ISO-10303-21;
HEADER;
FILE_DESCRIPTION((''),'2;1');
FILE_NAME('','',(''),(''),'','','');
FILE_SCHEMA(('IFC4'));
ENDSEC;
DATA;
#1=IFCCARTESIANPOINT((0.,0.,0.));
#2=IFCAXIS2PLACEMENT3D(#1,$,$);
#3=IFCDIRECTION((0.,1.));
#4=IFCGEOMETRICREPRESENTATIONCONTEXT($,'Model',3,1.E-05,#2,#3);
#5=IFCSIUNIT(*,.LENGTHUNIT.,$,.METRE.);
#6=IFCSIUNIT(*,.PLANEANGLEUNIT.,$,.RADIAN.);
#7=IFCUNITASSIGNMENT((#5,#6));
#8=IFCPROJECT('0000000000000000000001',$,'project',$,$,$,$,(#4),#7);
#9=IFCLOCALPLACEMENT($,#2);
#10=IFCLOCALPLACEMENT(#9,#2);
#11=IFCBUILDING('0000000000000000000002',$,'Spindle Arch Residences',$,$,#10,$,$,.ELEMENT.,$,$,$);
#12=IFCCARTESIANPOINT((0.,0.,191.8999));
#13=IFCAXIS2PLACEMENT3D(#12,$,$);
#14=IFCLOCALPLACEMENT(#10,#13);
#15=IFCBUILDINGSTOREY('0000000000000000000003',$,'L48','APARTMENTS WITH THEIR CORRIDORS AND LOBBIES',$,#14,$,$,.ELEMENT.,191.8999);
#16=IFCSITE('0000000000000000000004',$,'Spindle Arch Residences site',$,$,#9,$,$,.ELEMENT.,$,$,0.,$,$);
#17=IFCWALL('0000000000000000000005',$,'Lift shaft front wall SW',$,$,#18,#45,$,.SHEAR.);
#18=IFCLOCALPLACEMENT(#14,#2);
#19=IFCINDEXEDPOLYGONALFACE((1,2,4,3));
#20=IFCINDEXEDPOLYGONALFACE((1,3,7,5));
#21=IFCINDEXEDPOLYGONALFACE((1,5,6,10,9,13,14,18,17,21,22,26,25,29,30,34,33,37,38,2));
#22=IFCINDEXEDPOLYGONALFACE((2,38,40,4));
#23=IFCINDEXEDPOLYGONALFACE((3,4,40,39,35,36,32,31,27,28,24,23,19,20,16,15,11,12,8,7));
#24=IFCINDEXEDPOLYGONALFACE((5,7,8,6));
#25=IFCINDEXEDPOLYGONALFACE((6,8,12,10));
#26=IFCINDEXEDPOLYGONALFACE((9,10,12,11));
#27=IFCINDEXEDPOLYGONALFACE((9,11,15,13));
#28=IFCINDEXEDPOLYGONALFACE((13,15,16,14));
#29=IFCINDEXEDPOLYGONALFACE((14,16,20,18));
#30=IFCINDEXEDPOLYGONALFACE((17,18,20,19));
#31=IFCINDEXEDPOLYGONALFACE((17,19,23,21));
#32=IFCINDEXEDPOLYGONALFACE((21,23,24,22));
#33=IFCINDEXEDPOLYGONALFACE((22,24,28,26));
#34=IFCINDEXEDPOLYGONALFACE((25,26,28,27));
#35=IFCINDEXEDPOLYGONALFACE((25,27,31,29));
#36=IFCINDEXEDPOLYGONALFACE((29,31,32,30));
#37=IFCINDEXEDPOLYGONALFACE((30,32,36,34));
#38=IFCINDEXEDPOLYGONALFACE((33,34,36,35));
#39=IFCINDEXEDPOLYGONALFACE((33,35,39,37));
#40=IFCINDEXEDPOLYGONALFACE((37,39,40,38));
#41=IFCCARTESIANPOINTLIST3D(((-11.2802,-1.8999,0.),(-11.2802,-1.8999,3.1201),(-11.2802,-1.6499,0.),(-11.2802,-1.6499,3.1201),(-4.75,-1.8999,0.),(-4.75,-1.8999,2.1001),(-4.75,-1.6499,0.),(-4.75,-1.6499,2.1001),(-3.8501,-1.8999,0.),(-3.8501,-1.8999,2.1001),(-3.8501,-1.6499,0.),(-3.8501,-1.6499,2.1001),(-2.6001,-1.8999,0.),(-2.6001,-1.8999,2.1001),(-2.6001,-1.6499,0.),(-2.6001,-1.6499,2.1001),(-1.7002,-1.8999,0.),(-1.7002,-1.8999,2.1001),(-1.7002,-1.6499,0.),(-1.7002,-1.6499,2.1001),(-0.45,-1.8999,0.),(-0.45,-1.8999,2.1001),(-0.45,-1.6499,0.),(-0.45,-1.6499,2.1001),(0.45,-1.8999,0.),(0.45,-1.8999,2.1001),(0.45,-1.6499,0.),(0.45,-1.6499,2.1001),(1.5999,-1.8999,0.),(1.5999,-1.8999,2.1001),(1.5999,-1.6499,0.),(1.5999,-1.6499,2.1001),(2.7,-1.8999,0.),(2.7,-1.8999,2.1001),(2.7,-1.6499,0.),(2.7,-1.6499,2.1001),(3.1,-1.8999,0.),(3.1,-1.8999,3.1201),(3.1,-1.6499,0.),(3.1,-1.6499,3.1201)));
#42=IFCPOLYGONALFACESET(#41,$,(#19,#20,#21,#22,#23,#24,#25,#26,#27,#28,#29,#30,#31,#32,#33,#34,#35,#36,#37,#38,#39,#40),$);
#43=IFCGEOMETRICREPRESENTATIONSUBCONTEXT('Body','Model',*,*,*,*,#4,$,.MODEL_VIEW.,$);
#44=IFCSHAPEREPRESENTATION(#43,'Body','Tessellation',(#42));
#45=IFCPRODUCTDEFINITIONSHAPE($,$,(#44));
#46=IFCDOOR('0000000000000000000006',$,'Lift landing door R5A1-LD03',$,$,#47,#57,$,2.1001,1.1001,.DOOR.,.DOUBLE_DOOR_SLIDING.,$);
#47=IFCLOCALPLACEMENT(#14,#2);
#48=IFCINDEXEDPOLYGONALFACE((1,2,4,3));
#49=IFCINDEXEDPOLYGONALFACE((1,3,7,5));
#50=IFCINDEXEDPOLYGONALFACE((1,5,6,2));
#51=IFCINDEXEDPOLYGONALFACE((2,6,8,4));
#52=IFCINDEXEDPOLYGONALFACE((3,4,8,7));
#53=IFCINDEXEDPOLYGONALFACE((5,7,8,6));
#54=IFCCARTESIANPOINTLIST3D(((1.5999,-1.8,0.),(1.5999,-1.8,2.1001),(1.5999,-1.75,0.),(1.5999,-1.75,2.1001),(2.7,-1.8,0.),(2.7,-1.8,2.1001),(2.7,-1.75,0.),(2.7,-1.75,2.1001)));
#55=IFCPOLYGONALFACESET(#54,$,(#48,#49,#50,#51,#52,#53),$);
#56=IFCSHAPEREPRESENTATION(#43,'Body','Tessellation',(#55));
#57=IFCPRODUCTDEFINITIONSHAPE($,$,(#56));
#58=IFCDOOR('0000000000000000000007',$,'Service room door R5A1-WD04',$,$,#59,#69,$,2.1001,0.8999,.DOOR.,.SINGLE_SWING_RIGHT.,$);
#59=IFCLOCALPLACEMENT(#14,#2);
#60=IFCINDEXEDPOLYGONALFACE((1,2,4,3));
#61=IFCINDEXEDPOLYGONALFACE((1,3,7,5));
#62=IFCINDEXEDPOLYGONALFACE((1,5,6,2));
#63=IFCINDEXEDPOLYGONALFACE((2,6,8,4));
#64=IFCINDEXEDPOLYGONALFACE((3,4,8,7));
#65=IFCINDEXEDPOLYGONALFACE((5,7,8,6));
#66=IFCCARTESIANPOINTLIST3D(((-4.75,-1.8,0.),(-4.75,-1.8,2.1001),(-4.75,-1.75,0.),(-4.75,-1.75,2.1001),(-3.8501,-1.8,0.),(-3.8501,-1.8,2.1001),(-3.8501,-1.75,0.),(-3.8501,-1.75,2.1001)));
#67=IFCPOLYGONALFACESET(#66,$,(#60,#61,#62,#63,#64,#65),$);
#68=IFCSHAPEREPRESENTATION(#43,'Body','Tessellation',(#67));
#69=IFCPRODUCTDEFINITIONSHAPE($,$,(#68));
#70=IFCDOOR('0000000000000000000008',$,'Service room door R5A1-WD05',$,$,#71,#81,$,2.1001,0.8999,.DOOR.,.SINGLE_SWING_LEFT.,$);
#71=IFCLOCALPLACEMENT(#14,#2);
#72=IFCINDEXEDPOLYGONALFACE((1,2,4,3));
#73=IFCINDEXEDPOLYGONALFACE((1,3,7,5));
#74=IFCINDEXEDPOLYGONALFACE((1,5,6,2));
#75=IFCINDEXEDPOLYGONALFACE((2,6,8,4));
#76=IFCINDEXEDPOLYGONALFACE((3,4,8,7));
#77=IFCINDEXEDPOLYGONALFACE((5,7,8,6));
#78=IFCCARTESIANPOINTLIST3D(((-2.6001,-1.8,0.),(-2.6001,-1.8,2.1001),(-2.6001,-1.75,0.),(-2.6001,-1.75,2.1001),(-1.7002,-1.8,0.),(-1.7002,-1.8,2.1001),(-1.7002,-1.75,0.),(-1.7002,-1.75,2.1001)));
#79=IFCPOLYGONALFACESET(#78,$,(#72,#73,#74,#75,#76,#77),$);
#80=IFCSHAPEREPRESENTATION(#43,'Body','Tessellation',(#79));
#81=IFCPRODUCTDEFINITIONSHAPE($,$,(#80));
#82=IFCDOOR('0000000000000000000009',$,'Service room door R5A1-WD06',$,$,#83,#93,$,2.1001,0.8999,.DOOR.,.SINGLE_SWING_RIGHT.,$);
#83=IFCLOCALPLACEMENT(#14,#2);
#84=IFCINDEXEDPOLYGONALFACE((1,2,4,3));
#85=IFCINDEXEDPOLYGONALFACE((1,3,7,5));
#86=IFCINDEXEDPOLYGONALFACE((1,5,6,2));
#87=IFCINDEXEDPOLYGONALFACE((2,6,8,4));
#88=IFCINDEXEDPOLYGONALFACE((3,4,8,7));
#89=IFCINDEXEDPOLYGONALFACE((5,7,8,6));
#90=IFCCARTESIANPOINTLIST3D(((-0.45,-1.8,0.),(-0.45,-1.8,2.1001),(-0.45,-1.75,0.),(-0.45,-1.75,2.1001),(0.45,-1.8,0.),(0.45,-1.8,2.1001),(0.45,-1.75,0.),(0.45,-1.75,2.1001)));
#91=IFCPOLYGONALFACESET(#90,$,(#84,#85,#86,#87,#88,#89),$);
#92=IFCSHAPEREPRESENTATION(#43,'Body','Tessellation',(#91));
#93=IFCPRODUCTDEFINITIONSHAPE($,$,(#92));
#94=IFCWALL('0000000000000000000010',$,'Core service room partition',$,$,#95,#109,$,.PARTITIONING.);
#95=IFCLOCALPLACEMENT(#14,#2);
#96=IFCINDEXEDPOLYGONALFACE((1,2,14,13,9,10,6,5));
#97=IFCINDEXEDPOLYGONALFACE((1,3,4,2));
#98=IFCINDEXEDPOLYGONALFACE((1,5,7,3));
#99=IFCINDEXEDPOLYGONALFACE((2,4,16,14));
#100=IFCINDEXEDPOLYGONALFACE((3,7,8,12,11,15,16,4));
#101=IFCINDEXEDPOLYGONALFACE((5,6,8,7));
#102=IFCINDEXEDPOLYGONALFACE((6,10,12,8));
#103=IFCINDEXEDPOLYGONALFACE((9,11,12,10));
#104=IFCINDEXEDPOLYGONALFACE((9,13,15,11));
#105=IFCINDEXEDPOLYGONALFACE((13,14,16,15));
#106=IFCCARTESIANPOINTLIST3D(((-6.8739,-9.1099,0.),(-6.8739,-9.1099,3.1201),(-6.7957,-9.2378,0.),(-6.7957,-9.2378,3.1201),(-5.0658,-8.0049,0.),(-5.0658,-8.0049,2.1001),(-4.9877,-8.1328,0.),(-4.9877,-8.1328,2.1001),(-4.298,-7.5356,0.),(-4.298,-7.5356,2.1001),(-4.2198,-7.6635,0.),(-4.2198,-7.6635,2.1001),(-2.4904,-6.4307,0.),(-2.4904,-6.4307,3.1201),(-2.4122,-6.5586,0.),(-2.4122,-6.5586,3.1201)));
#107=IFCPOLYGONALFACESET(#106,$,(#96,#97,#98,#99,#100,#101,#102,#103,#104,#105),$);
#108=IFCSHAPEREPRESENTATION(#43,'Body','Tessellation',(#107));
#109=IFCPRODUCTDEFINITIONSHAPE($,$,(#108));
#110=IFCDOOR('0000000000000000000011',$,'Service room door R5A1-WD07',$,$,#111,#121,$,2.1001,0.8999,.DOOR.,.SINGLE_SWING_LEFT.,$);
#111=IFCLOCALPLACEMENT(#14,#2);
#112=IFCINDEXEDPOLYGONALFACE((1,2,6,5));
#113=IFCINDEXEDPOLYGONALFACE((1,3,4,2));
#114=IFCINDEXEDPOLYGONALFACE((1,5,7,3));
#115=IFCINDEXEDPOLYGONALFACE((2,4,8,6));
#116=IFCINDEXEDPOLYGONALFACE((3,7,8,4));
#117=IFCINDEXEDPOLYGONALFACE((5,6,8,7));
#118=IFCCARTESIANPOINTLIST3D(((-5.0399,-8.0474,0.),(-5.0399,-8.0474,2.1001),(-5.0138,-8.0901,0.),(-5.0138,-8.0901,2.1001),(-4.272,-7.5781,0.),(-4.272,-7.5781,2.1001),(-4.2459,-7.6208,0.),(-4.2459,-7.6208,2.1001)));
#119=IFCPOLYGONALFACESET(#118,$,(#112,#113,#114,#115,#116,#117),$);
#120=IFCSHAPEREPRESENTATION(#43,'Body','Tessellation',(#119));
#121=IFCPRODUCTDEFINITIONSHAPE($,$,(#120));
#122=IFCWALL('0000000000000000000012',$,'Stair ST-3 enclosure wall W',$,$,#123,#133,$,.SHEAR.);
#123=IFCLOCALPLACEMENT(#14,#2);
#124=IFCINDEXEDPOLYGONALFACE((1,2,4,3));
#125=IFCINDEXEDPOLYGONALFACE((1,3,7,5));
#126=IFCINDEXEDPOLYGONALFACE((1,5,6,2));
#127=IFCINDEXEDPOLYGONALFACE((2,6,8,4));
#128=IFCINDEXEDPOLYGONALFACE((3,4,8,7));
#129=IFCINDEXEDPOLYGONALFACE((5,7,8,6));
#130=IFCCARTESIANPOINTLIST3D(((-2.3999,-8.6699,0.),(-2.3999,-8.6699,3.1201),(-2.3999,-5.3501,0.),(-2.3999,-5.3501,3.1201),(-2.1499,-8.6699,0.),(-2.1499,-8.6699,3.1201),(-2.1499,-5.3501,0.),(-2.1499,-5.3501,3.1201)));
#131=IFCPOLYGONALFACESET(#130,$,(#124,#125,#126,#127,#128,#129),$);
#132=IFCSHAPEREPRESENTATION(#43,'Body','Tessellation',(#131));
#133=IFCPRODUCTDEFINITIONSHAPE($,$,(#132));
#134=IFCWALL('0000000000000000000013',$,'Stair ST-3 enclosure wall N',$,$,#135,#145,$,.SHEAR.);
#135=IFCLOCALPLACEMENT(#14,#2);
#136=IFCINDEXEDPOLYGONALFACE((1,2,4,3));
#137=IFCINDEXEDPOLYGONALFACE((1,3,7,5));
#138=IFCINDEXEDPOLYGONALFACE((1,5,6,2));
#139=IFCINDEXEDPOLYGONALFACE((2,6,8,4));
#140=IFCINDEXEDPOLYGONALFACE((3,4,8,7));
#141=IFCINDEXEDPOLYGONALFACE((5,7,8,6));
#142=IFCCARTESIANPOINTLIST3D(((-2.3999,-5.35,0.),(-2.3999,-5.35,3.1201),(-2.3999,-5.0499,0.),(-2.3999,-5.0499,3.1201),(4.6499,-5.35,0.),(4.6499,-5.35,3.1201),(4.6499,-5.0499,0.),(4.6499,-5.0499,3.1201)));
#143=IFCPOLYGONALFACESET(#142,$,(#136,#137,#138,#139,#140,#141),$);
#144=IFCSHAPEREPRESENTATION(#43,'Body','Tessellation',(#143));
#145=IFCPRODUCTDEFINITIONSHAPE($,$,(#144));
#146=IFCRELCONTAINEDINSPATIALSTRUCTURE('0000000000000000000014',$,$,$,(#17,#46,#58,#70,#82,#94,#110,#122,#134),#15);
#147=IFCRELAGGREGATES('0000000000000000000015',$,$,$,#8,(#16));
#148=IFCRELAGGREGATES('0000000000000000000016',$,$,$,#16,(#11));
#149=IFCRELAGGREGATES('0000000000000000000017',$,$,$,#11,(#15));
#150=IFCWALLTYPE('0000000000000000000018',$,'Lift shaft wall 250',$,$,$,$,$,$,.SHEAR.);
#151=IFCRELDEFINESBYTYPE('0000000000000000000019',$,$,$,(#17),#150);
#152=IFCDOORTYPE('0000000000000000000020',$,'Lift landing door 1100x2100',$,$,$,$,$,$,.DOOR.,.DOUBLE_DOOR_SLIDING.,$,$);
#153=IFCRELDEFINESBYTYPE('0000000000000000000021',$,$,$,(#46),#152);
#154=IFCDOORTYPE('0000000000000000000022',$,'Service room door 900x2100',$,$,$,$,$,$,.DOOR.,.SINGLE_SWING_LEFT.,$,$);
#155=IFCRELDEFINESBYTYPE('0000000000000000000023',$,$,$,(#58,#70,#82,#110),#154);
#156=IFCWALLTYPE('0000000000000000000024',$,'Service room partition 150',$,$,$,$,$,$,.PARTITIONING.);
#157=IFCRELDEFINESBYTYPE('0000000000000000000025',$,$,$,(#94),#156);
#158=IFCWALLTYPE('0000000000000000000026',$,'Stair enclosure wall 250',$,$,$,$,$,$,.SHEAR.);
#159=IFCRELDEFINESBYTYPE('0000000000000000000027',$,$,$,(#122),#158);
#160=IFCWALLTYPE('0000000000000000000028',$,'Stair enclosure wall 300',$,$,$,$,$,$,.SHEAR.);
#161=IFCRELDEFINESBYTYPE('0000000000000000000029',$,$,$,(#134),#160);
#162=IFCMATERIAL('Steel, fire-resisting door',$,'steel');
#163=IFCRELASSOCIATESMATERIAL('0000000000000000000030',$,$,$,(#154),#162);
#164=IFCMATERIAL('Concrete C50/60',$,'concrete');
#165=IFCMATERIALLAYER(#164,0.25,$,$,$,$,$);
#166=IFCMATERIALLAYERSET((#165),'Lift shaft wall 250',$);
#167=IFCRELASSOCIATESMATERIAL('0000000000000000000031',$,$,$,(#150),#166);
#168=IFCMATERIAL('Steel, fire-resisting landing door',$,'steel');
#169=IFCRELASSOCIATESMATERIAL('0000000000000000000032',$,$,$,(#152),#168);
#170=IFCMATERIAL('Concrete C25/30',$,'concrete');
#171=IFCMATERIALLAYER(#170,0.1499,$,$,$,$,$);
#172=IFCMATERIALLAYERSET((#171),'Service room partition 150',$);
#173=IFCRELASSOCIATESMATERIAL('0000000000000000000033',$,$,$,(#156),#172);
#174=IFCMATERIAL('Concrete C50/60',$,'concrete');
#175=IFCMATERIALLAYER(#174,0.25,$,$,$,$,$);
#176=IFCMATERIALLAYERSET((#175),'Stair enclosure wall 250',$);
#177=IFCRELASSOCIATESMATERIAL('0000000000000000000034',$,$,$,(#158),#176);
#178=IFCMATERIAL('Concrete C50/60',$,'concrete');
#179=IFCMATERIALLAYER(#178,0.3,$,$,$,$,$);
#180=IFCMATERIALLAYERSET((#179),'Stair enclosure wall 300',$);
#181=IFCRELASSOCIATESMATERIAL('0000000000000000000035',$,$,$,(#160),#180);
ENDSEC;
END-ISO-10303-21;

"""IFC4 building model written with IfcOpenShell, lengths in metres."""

from ifc_helpers import new_model, si_unit, direction, frame, frame_2d, origin, place, context, subcontext, project, spatial, rectangle, extrude, material, layer, layer_set, type_object, element, fill, save


model = new_model("IFC4")

# Units and contexts
model_context = context("Model", 3, precision=1e-05, world=origin(), true_north=direction((0.0, 1.0)))
body_context = subcontext(model_context, "Body", "Model", "MODEL_VIEW")
ifc_project = project(units=[si_unit("LENGTHUNIT", "METRE"), si_unit("PLANEANGLEUNIT", "RADIAN")], contexts=[model_context])

# Site, building, storey
site_placement = place(None, origin())
site = spatial("IfcSite", under=ifc_project, at=site_placement, Name="Spindle Arch Residences site", CompositionType="ELEMENT", RefElevation=0.0)
building_placement = place(site_placement, origin())
building = spatial("IfcBuilding", under=site, at=building_placement, Name="Spindle Arch Residences", CompositionType="ELEMENT")
storey_placement = place(building_placement, frame((0.0, 0.0, 191.8999)))
storey = spatial("IfcBuildingStorey", under=building, at=storey_placement, Name="L48", Description="APARTMENTS WITH THEIR CORRIDORS AND LOBBIES", CompositionType="ELEMENT", Elevation=191.8999)

# Shared definitions
ifc_material_1 = material(Name="Steel, fire-resisting door", Category="steel")
door_type_1 = type_object("IfcDoorType", Name="Service room door 900x2100", OperationType="SINGLE_SWING_LEFT", PredefinedType="DOOR", material=ifc_material_1)

# Wall, openings, doors
ifc_material_2 = material(Name="Concrete C50/60", Category="concrete")
ifc_layer_1 = layer(ifc_material_2, 0.25)
ifc_layer_set_1 = layer_set([ifc_layer_1], Name="Lift shaft wall 250")
wall_type_1 = type_object("IfcWallType", Name="Lift shaft wall 250", PredefinedType="SHEAR", material=ifc_layer_set_1)
wall_1_placement = place(storey_placement, frame((-11.28, -1.7749, 0.0), z_axis=(0.0, 0.0, 1.0), x_axis=(1.0, 0.0, 0.0)))
wall_1 = element("IfcWall", 1, at=wall_1_placement, inside=storey, type_object=wall_type_1, Name="Lift shaft front wall SW", PredefinedType="SHEAR", context=body_context, shape_type="SweptSolid", body=[
    extrude(rectangle(XDim=14.3801, YDim=0.25, at=frame_2d((7.1899, 0.0))), origin(), (0.0, 0.0, 1.0), 3.1201),
])
opening_1_placement = place(wall_1_placement, frame((12.8799, 0.0, 0.0)))
opening_1 = element("IfcOpeningElement", 2, at=opening_1_placement, cuts=wall_1, PredefinedType="OPENING", context=body_context, shape_type="SweptSolid", body=[
    extrude(rectangle(XDim=1.1001, YDim=2.1001, at=frame_2d((0.55, 1.05))), frame((0.0, 0.135, 0.0), z_axis=(0.0, -1.0, 0.0), x_axis=(1.0, 0.0, 0.0)), (0.0, 0.0, 1.0), 0.27),
])
opening_2_placement = place(wall_1_placement, frame((6.53, 0.0, 0.0)))
opening_2 = element("IfcOpeningElement", 3, at=opening_2_placement, cuts=wall_1, PredefinedType="OPENING", context=body_context, shape_type="SweptSolid", body=[
    extrude(rectangle(XDim=0.8999, YDim=2.1001, at=frame_2d((0.45, 1.05))), frame((0.0, 0.135, 0.0), z_axis=(0.0, -1.0, 0.0), x_axis=(1.0, 0.0, 0.0)), (0.0, 0.0, 1.0), 0.27),
])
opening_3_placement = place(wall_1_placement, frame((8.6799, 0.0, 0.0)))
opening_3 = element("IfcOpeningElement", 4, at=opening_3_placement, cuts=wall_1, PredefinedType="OPENING", context=body_context, shape_type="SweptSolid", body=[
    extrude(rectangle(XDim=0.8999, YDim=2.1001, at=frame_2d((0.45, 1.05))), frame((0.0, 0.135, 0.0), z_axis=(0.0, -1.0, 0.0), x_axis=(1.0, 0.0, 0.0)), (0.0, 0.0, 1.0), 0.27),
])
opening_4_placement = place(wall_1_placement, frame((10.8301, 0.0, 0.0)))
opening_4 = element("IfcOpeningElement", 5, at=opening_4_placement, cuts=wall_1, PredefinedType="OPENING", context=body_context, shape_type="SweptSolid", body=[
    extrude(rectangle(XDim=0.8999, YDim=2.1001, at=frame_2d((0.45, 1.05))), frame((0.0, 0.135, 0.0), z_axis=(0.0, -1.0, 0.0), x_axis=(1.0, 0.0, 0.0)), (0.0, 0.0, 1.0), 0.27),
])
ifc_material_3 = material(Name="Steel, fire-resisting landing door", Category="steel")
door_type_2 = type_object("IfcDoorType", Name="Lift landing door 1100x2100", OperationType="DOUBLE_DOOR_SLIDING", PredefinedType="DOOR", material=ifc_material_3)
door_1_placement = place(opening_1_placement, origin())
door_1 = element("IfcDoor", 6, at=door_1_placement, inside=storey, type_object=door_type_2, Name="Lift landing door R5A1-LD03", OperationType="DOUBLE_DOOR_SLIDING", OverallHeight=2.1001, OverallWidth=1.1001, PredefinedType="DOOR", context=body_context, shape_type="SweptSolid", body=[
    extrude(rectangle(XDim=1.1001, YDim=2.1001, at=frame_2d((0.55, 1.05))), frame((0.0, 0.0249, 0.0), z_axis=(0.0, -1.0, 0.0), x_axis=(1.0, 0.0, 0.0)), (0.0, 0.0, 1.0), 0.05),
])
fill(opening_1, door_1)
door_2_placement = place(opening_2_placement, origin())
door_2 = element("IfcDoor", 7, at=door_2_placement, inside=storey, type_object=door_type_1, Name="Service room door R5A1-WD04", OperationType="SINGLE_SWING_RIGHT", OverallHeight=2.1001, OverallWidth=0.8999, PredefinedType="DOOR", context=body_context, shape_type="SweptSolid", body=[
    extrude(rectangle(XDim=0.8999, YDim=2.1001, at=frame_2d((0.45, 1.05))), frame((0.0, 0.0249, 0.0), z_axis=(0.0, -1.0, 0.0), x_axis=(1.0, 0.0, 0.0)), (0.0, 0.0, 1.0), 0.05),
])
fill(opening_2, door_2)
door_3_placement = place(opening_3_placement, origin())
door_3 = element("IfcDoor", 8, at=door_3_placement, inside=storey, type_object=door_type_1, Name="Service room door R5A1-WD05", OperationType="SINGLE_SWING_LEFT", OverallHeight=2.1001, OverallWidth=0.8999, PredefinedType="DOOR", context=body_context, shape_type="SweptSolid", body=[
    extrude(rectangle(XDim=0.8999, YDim=2.1001, at=frame_2d((0.45, 1.05))), frame((0.0, 0.0249, 0.0), z_axis=(0.0, -1.0, 0.0), x_axis=(1.0, 0.0, 0.0)), (0.0, 0.0, 1.0), 0.05),
])
fill(opening_3, door_3)
door_4_placement = place(opening_4_placement, origin())
door_4 = element("IfcDoor", 9, at=door_4_placement, inside=storey, type_object=door_type_1, Name="Service room door R5A1-WD06", OperationType="SINGLE_SWING_RIGHT", OverallHeight=2.1001, OverallWidth=0.8999, PredefinedType="DOOR", context=body_context, shape_type="SweptSolid", body=[
    extrude(rectangle(XDim=0.8999, YDim=2.1001, at=frame_2d((0.45, 1.05))), frame((0.0, 0.0249, 0.0), z_axis=(0.0, -1.0, 0.0), x_axis=(1.0, 0.0, 0.0)), (0.0, 0.0, 1.0), 0.05),
])
fill(opening_4, door_4)

# Wall, opening, door
ifc_material_4 = material(Name="Concrete C25/30", Category="concrete")
ifc_layer_2 = layer(ifc_material_4, 0.1499)
ifc_layer_set_2 = layer_set([ifc_layer_2], Name="Service room partition 150")
wall_type_2 = type_object("IfcWallType", Name="Service room partition 150", PredefinedType="PARTITIONING", material=ifc_layer_set_2)
wall_2_placement = place(storey_placement, frame((-2.4512, -6.4946, 0.0), z_axis=(0.0, 0.0, 1.0), x_axis=(-0.85325, -0.521502, 0.0)))
wall_2 = element("IfcWall", 10, at=wall_2_placement, inside=storey, type_object=wall_type_2, Name="Core service room partition", PredefinedType="PARTITIONING", context=body_context, shape_type="SweptSolid", body=[
    extrude(rectangle(XDim=5.1375, YDim=0.1499, at=frame_2d((2.5688, 0.0))), origin(), (0.0, 0.0, 1.0), 3.1201),
])
opening_5_placement = place(wall_2_placement, frame((2.1187, 0.0, 0.0)))
opening_5 = element("IfcOpeningElement", 11, at=opening_5_placement, cuts=wall_2, PredefinedType="OPENING", context=body_context, shape_type="SweptSolid", body=[
    extrude(rectangle(XDim=0.8999, YDim=2.1001, at=frame_2d((0.45, 1.05))), frame((0.0, 0.085, 0.0), z_axis=(0.0, -1.0, 0.0), x_axis=(1.0, 0.0, 0.0)), (0.0, 0.0, 1.0), 0.1699),
])
door_5_placement = place(opening_5_placement, origin())
door_5 = element("IfcDoor", 12, at=door_5_placement, inside=storey, type_object=door_type_1, Name="Service room door R5A1-WD07", OperationType="SINGLE_SWING_LEFT", OverallHeight=2.1001, OverallWidth=0.8999, PredefinedType="DOOR", context=body_context, shape_type="SweptSolid", body=[
    extrude(rectangle(XDim=0.8999, YDim=2.1001, at=frame_2d((0.45, 1.05))), frame((0.0, 0.0249, 0.0), z_axis=(0.0, -1.0, 0.0), x_axis=(1.0, 0.0, 0.0)), (0.0, 0.0, 1.0), 0.05),
])
fill(opening_5, door_5)

# Walls
ifc_material_5 = material(Name="Concrete C50/60", Category="concrete")
ifc_layer_3 = layer(ifc_material_5, 0.25)
ifc_layer_set_3 = layer_set([ifc_layer_3], Name="Stair enclosure wall 250")
wall_type_3 = type_object("IfcWallType", Name="Stair enclosure wall 250", PredefinedType="SHEAR", material=ifc_layer_set_3)
wall_3_placement = place(storey_placement, frame((-2.2749, -8.6699, 0.0), z_axis=(0.0, 0.0, 1.0), x_axis=(0.0, 1.0, 0.0)))
element("IfcWall", 13, at=wall_3_placement, inside=storey, type_object=wall_type_3, Name="Stair ST-3 enclosure wall W", PredefinedType="SHEAR", context=body_context, shape_type="SweptSolid", body=[
    extrude(rectangle(XDim=3.3198, YDim=0.25, at=frame_2d((1.6599, 0.0))), origin(), (0.0, 0.0, 1.0), 3.1201),
])
ifc_material_6 = material(Name="Concrete C50/60", Category="concrete")
ifc_layer_4 = layer(ifc_material_6, 0.3)
ifc_layer_set_4 = layer_set([ifc_layer_4], Name="Stair enclosure wall 300")
wall_type_4 = type_object("IfcWallType", Name="Stair enclosure wall 300", PredefinedType="SHEAR", material=ifc_layer_set_4)
wall_4_placement = place(storey_placement, frame((-2.3999, -5.2, 0.0), z_axis=(0.0, 0.0, 1.0), x_axis=(1.0, 0.0, 0.0)))
element("IfcWall", 14, at=wall_4_placement, inside=storey, type_object=wall_type_4, Name="Stair ST-3 enclosure wall N", PredefinedType="SHEAR", context=body_context, shape_type="SweptSolid", body=[
    extrude(rectangle(XDim=7.0498, YDim=0.3, at=frame_2d((3.5249, 0.0))), origin(), (0.0, 0.0, 1.0), 3.1201),
])

save(model, "model.ifc")
